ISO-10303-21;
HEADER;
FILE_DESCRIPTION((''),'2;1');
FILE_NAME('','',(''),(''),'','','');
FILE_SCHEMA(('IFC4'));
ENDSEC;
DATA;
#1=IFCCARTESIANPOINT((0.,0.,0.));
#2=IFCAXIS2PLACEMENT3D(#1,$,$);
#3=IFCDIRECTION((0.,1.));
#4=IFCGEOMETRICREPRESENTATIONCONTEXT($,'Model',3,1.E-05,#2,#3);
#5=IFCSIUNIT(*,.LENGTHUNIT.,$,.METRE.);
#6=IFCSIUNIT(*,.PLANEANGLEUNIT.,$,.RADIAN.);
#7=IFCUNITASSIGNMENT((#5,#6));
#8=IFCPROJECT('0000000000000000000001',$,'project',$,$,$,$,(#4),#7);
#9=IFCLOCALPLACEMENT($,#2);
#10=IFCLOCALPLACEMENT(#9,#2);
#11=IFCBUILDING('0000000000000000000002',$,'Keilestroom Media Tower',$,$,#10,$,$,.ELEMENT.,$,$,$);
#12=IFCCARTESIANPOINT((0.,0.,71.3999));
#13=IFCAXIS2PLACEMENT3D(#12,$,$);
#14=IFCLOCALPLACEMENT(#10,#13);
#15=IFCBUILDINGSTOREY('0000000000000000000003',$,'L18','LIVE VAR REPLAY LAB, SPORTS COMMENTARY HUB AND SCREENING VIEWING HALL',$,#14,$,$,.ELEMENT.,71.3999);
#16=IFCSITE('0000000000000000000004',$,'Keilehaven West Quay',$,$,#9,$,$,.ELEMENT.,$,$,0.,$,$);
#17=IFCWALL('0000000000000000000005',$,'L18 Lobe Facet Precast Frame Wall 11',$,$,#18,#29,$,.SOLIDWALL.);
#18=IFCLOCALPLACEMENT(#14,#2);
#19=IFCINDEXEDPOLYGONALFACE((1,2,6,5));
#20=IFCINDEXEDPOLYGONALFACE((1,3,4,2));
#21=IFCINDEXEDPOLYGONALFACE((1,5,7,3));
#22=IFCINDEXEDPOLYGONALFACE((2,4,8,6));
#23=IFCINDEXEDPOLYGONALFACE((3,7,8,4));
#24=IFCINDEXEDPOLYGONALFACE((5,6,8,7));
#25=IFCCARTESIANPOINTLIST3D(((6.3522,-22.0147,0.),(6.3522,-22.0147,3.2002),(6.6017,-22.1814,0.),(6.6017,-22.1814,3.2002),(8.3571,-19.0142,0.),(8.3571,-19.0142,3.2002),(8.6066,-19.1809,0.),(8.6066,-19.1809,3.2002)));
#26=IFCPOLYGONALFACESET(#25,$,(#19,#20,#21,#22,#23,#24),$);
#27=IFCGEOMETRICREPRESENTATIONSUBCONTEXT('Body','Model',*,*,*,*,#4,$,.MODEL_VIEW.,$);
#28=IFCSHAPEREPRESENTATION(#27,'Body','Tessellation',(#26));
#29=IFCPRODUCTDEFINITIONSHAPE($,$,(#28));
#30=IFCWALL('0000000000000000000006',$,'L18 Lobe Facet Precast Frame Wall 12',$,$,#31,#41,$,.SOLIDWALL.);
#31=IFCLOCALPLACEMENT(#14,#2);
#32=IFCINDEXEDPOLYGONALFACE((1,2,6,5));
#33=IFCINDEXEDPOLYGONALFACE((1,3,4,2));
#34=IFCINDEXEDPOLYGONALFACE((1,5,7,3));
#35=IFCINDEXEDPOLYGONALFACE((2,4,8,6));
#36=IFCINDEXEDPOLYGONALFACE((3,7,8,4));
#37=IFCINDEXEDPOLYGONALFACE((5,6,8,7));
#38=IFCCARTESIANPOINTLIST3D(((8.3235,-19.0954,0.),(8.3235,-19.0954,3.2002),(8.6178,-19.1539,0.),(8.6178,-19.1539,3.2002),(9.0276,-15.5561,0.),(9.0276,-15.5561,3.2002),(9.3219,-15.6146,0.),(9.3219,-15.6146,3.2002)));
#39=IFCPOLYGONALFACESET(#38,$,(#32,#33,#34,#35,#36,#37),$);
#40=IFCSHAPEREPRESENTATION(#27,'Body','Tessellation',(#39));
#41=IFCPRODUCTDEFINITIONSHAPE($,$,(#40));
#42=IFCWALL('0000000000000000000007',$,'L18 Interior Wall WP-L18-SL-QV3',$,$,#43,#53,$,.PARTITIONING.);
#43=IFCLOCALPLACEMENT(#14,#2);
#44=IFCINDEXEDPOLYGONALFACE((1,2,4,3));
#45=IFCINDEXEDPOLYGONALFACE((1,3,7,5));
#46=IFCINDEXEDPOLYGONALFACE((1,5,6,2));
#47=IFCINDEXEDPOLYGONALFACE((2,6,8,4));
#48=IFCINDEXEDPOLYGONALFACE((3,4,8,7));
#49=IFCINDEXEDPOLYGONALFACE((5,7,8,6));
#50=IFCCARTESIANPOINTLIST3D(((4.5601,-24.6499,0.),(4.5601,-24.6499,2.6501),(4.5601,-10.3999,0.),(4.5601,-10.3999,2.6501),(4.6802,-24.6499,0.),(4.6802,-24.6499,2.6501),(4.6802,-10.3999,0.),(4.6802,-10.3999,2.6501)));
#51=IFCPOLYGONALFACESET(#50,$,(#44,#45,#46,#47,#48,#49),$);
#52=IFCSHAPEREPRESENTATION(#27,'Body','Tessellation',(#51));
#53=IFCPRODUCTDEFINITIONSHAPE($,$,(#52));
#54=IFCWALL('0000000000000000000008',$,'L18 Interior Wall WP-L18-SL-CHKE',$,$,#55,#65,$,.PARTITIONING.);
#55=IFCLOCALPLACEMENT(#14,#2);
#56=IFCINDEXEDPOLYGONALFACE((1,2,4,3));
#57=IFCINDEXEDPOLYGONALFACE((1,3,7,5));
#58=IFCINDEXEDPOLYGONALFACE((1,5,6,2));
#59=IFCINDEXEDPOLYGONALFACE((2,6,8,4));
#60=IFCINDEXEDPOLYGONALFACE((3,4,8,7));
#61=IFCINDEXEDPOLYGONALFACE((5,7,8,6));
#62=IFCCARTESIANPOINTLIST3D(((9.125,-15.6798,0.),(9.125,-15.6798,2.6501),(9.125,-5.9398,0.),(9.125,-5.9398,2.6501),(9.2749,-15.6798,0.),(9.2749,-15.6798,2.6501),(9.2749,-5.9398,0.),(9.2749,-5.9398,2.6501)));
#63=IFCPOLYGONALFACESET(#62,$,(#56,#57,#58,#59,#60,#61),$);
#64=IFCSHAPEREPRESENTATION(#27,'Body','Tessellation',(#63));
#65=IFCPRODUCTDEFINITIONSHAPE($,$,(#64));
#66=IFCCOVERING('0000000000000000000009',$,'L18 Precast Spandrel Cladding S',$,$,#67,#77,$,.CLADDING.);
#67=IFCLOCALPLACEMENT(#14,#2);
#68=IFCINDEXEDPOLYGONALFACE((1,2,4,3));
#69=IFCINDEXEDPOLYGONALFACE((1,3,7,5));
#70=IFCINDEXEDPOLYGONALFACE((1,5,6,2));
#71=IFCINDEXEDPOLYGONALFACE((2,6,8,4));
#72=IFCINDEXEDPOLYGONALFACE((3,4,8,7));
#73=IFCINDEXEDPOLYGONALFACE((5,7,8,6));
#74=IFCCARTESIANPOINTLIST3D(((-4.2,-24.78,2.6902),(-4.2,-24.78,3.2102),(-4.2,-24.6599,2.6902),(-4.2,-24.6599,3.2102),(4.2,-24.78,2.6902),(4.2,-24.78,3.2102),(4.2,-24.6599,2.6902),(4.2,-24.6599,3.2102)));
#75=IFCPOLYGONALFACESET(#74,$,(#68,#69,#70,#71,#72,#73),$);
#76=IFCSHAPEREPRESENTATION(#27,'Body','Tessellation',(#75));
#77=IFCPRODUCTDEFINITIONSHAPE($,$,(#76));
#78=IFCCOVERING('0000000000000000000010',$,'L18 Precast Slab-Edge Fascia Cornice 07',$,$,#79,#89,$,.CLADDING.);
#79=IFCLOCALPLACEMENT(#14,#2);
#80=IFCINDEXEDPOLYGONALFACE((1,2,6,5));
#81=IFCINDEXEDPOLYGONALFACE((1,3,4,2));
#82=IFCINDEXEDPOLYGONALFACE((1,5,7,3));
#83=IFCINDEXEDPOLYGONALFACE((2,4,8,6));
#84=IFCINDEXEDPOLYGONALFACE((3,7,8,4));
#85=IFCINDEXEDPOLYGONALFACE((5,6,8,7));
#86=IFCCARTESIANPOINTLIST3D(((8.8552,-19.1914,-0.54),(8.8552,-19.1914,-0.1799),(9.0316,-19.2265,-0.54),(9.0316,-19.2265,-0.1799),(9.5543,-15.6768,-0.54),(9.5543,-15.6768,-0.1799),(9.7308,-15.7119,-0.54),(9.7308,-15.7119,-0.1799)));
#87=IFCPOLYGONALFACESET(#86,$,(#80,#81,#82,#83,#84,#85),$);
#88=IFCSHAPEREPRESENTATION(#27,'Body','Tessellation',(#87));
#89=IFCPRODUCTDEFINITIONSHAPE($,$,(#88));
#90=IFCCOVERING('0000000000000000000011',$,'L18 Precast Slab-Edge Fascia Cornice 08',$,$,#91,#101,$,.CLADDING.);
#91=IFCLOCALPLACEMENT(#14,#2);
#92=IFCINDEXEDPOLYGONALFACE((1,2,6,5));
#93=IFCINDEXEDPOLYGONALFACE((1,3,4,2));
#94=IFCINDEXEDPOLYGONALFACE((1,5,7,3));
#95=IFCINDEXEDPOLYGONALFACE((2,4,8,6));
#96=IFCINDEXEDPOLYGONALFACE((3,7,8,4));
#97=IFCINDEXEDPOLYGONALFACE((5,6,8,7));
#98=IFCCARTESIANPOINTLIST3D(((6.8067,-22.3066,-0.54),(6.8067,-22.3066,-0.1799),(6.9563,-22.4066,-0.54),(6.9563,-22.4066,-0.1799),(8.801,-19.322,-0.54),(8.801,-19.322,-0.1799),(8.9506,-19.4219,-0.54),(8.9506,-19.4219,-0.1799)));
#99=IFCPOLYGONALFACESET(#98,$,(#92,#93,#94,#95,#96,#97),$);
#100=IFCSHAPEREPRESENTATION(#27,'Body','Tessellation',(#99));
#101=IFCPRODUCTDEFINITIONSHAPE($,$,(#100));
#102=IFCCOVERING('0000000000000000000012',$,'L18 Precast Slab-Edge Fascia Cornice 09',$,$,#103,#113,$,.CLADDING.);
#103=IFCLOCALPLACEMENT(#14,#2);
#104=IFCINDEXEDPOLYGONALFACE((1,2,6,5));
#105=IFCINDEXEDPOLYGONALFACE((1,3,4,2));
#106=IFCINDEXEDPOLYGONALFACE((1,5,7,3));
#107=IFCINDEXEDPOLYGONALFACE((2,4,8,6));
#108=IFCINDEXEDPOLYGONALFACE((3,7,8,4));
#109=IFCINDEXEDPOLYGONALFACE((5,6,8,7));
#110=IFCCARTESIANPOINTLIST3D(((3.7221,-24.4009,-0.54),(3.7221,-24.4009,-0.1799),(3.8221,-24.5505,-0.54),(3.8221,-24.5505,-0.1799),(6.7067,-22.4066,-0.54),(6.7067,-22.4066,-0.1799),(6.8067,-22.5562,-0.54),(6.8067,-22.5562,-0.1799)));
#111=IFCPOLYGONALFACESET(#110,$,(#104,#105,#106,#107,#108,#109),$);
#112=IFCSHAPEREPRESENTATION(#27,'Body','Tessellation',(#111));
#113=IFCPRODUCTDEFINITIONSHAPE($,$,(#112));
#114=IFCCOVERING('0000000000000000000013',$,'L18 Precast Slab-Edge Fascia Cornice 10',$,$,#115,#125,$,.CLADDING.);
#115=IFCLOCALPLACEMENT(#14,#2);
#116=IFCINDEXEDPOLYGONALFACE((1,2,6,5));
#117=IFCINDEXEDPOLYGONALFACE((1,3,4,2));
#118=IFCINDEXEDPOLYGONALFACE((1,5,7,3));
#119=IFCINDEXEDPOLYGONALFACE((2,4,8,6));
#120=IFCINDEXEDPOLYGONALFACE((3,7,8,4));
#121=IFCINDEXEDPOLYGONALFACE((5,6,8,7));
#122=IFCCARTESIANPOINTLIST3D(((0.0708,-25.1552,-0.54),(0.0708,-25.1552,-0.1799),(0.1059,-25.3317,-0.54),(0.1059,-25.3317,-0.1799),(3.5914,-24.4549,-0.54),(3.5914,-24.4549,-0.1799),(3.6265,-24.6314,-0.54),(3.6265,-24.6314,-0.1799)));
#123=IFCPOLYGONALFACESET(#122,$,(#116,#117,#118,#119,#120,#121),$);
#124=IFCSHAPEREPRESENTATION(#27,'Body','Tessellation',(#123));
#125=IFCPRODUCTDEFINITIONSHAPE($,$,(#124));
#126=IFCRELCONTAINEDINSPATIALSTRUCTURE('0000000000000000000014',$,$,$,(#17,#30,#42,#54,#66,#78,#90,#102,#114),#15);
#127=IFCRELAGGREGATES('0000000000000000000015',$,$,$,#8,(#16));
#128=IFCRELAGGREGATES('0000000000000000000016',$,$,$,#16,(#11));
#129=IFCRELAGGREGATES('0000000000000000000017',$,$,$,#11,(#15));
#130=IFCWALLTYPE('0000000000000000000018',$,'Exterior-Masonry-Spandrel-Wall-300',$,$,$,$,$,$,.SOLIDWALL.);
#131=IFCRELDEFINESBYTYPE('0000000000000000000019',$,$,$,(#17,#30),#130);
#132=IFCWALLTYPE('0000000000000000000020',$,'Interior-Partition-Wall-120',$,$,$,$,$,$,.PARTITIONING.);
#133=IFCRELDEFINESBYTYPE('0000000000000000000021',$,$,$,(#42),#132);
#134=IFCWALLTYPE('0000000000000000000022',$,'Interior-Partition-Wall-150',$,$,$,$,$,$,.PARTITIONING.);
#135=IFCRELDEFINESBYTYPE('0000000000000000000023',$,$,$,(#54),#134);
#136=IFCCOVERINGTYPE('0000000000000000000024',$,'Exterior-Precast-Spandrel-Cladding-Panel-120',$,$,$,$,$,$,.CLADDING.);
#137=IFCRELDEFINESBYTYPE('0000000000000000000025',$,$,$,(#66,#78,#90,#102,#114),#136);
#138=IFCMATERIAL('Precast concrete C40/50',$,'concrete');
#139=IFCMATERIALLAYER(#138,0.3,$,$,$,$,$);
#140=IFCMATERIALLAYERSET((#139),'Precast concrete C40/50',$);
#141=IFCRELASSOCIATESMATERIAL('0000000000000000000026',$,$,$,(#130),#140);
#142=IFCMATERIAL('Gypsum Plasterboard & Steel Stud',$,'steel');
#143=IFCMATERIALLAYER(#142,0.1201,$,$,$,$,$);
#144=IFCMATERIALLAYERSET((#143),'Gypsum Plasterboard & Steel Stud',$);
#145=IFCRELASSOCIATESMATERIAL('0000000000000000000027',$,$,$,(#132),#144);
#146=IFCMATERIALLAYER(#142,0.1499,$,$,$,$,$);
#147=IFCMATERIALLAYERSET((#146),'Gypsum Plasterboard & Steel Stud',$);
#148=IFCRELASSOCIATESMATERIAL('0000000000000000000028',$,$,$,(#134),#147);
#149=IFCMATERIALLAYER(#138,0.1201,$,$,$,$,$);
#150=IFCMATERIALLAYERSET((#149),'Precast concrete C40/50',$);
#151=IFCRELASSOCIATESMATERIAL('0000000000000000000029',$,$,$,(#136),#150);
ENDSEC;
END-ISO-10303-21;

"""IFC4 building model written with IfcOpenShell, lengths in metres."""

from ifc_helpers import new_model, si_unit, direction, frame, frame_2d, origin, origin_2d, place, context, subcontext, project, spatial, rectangle, extrude, source, transform, mapped, material, layer, layer_set, type_object, element, save


model = new_model("IFC4")

# Units and contexts
model_context = context("Model", 3, precision=1e-05, world=origin(), true_north=direction((0.0, 1.0)))
body_context = subcontext(model_context, "Body", "Model", "MODEL_VIEW")
ifc_project = project(units=[si_unit("LENGTHUNIT", "METRE"), si_unit("PLANEANGLEUNIT", "RADIAN")], contexts=[model_context])

# Site, building, storey
site_placement = place(None, origin())
site = spatial("IfcSite", under=ifc_project, at=site_placement, Name="Keilehaven West Quay", CompositionType="ELEMENT", RefElevation=0.0)
building_placement = place(site_placement, origin())
building = spatial("IfcBuilding", under=site, at=building_placement, Name="Keilestroom Media Tower", CompositionType="ELEMENT")
storey_placement = place(building_placement, frame((0.0, 0.0, 71.3999)))
storey = spatial("IfcBuildingStorey", under=building, at=storey_placement, Name="L18", Description="LIVE VAR REPLAY LAB, SPORTS COMMENTARY HUB AND SCREENING VIEWING HALL", CompositionType="ELEMENT", Elevation=71.3999)

# Walls
ifc_material_1 = material(Name="Precast concrete C40/50", Category="concrete")
ifc_layer_1 = layer(ifc_material_1, 0.3)
ifc_layer_set_1 = layer_set([ifc_layer_1], Name="Precast concrete C40/50")
wall_type_1 = type_object("IfcWallType", Name="Exterior-Masonry-Spandrel-Wall-300", PredefinedType="SOLIDWALL", material=ifc_layer_set_1)
for number, where, z_axis, x_axis, name in (
    (1, (6.4771, -22.0979, 0.0), (0.0, 0.0, 1.0), (0.555574, 0.831467, 0.0), "L18 Lobe Facet Precast Frame Wall 11"),
    (2, (8.4707, -19.1245, 0.0), (0.0, 0.0, 1.0), (0.195114, 0.980781, 0.0), "L18 Lobe Facet Precast Frame Wall 12"),
):
    element("IfcWall", number, at=place(storey_placement, frame(where, z_axis=z_axis, x_axis=x_axis)), inside=storey, type_object=wall_type_1, Name=name, PredefinedType="SOLIDWALL", context=body_context, shape_type="SweptSolid", body=[
        extrude(rectangle(XDim=3.6086, YDim=0.3, at=frame_2d((1.8042, 0.0))), origin(), (0.0, 0.0, 1.0), 3.2002),
    ])
ifc_material_2 = material(Name="Gypsum Plasterboard & Steel Stud", Category="steel")
ifc_layer_2 = layer(ifc_material_2, 0.1201)
ifc_layer_set_2 = layer_set([ifc_layer_2], Name="Gypsum Plasterboard & Steel Stud")
wall_type_2 = type_object("IfcWallType", Name="Interior-Partition-Wall-120", PredefinedType="PARTITIONING", material=ifc_layer_set_2)
wall_1_placement = place(storey_placement, frame((4.6201, -24.6499, 0.0), z_axis=(0.0, 0.0, 1.0), x_axis=(0.0, 1.0, 0.0)))
element("IfcWall", 3, at=wall_1_placement, inside=storey, type_object=wall_type_2, Name="L18 Interior Wall WP-L18-SL-QV3", PredefinedType="PARTITIONING", context=body_context, shape_type="SweptSolid", body=[
    extrude(rectangle(XDim=14.25, YDim=0.1201, at=frame_2d((7.125, 0.0))), origin(), (0.0, 0.0, 1.0), 2.6501),
])
ifc_layer_3 = layer(ifc_material_2, 0.1499)
ifc_layer_set_3 = layer_set([ifc_layer_3], Name="Gypsum Plasterboard & Steel Stud")
wall_type_3 = type_object("IfcWallType", Name="Interior-Partition-Wall-150", PredefinedType="PARTITIONING", material=ifc_layer_set_3)
wall_2_placement = place(storey_placement, frame((9.2, -15.6799, 0.0), z_axis=(0.0, 0.0, 1.0), x_axis=(0.0, 1.0, 0.0)))
element("IfcWall", 4, at=wall_2_placement, inside=storey, type_object=wall_type_3, Name="L18 Interior Wall WP-L18-SL-CHKE", PredefinedType="PARTITIONING", context=body_context, shape_type="SweptSolid", body=[
    extrude(rectangle(XDim=9.74, YDim=0.1499, at=frame_2d((4.8701, 0.0))), origin(), (0.0, 0.0, 1.0), 2.6501),
])

# Coverings
ifc_layer_4 = layer(ifc_material_1, 0.1201)
ifc_layer_set_4 = layer_set([ifc_layer_4], Name="Precast concrete C40/50")
covering_type = type_object("IfcCoveringType", Name="Exterior-Precast-Spandrel-Cladding-Panel-120", PredefinedType="CLADDING", material=ifc_layer_set_4)
shared_shape_1 = source(origin(), body_context, "Body", "SweptSolid", [
    extrude(rectangle(XDim=8.3999, YDim=0.1201, at=origin_2d()), origin(), (0.0, 0.0, 1.0), 0.52),
])
covering_1_placement = place(storey_placement, frame((0.0, -24.72, 2.6902), z_axis=(0.0, 0.0, 1.0), x_axis=(1.0, 0.0, 0.0)))
element("IfcCovering", 5, at=covering_1_placement, inside=storey, type_object=covering_type, Name="L18 Precast Spandrel Cladding S", PredefinedType="CLADDING", context=body_context, shape_type="MappedRepresentation", body=[
    mapped(shared_shape_1, transform((0.0, 0.0, 0.0), x_axis=(1.0, 0.0, 0.0), y_axis=(0.0, 1.0, 0.0), z_axis=(0.0, 0.0, 1.0), scale=1.0)),
])
shared_shape_2 = source(origin(), body_context, "Body", "SweptSolid", [
    extrude(rectangle(XDim=3.5835, YDim=0.1799, at=origin_2d()), origin(), (0.0, 0.0, 1.0), 0.3601),
])
covering_2_placement = place(storey_placement, frame((9.293, -17.4517, -0.54), z_axis=(0.0, 0.0, 1.0), x_axis=(-0.195099, -0.980784, 0.0)))
element("IfcCovering", 6, at=covering_2_placement, inside=storey, type_object=covering_type, Name="L18 Precast Slab-Edge Fascia Cornice 07", PredefinedType="CLADDING", context=body_context, shape_type="MappedRepresentation", body=[
    mapped(shared_shape_2, transform((0.0, 0.0, 0.0), x_axis=(1.0, 0.0, 0.0), y_axis=(0.0, 1.0, 0.0), z_axis=(0.0, 0.0, 1.0), scale=1.0)),
])
shared_shape_3 = source(origin(), body_context, "Body", "SweptSolid", [
    extrude(rectangle(XDim=3.5896, YDim=0.1799, at=origin_2d()), origin(), (0.0, 0.0, 1.0), 0.3601),
])
for number, where, z_axis, x_axis, name in (
    (7, (7.8787, -20.8643, -0.54), (0.0, 0.0, 1.0), (-0.555575, -0.831467, 0.0), "L18 Precast Slab-Edge Fascia Cornice 08"),
    (8, (5.2644, -23.4785, -0.54), (0.0, 0.0, 1.0), (-0.831467, -0.555575, 0.0), "L18 Precast Slab-Edge Fascia Cornice 09"),
    (9, (1.8486, -24.8933, -0.54), (0.0, 0.0, 1.0), (-0.980784, -0.195099, 0.0), "L18 Precast Slab-Edge Fascia Cornice 10"),
):
    element("IfcCovering", number, at=place(storey_placement, frame(where, z_axis=z_axis, x_axis=x_axis)), inside=storey, type_object=covering_type, Name=name, PredefinedType="CLADDING", context=body_context, shape_type="MappedRepresentation", body=[
        mapped(shared_shape_3, transform((0.0, 0.0, 0.0), x_axis=(1.0, 0.0, 0.0), y_axis=(0.0, 1.0, 0.0), z_axis=(0.0, 0.0, 1.0), scale=1.0)),
    ])

save(model, "model.ifc")
